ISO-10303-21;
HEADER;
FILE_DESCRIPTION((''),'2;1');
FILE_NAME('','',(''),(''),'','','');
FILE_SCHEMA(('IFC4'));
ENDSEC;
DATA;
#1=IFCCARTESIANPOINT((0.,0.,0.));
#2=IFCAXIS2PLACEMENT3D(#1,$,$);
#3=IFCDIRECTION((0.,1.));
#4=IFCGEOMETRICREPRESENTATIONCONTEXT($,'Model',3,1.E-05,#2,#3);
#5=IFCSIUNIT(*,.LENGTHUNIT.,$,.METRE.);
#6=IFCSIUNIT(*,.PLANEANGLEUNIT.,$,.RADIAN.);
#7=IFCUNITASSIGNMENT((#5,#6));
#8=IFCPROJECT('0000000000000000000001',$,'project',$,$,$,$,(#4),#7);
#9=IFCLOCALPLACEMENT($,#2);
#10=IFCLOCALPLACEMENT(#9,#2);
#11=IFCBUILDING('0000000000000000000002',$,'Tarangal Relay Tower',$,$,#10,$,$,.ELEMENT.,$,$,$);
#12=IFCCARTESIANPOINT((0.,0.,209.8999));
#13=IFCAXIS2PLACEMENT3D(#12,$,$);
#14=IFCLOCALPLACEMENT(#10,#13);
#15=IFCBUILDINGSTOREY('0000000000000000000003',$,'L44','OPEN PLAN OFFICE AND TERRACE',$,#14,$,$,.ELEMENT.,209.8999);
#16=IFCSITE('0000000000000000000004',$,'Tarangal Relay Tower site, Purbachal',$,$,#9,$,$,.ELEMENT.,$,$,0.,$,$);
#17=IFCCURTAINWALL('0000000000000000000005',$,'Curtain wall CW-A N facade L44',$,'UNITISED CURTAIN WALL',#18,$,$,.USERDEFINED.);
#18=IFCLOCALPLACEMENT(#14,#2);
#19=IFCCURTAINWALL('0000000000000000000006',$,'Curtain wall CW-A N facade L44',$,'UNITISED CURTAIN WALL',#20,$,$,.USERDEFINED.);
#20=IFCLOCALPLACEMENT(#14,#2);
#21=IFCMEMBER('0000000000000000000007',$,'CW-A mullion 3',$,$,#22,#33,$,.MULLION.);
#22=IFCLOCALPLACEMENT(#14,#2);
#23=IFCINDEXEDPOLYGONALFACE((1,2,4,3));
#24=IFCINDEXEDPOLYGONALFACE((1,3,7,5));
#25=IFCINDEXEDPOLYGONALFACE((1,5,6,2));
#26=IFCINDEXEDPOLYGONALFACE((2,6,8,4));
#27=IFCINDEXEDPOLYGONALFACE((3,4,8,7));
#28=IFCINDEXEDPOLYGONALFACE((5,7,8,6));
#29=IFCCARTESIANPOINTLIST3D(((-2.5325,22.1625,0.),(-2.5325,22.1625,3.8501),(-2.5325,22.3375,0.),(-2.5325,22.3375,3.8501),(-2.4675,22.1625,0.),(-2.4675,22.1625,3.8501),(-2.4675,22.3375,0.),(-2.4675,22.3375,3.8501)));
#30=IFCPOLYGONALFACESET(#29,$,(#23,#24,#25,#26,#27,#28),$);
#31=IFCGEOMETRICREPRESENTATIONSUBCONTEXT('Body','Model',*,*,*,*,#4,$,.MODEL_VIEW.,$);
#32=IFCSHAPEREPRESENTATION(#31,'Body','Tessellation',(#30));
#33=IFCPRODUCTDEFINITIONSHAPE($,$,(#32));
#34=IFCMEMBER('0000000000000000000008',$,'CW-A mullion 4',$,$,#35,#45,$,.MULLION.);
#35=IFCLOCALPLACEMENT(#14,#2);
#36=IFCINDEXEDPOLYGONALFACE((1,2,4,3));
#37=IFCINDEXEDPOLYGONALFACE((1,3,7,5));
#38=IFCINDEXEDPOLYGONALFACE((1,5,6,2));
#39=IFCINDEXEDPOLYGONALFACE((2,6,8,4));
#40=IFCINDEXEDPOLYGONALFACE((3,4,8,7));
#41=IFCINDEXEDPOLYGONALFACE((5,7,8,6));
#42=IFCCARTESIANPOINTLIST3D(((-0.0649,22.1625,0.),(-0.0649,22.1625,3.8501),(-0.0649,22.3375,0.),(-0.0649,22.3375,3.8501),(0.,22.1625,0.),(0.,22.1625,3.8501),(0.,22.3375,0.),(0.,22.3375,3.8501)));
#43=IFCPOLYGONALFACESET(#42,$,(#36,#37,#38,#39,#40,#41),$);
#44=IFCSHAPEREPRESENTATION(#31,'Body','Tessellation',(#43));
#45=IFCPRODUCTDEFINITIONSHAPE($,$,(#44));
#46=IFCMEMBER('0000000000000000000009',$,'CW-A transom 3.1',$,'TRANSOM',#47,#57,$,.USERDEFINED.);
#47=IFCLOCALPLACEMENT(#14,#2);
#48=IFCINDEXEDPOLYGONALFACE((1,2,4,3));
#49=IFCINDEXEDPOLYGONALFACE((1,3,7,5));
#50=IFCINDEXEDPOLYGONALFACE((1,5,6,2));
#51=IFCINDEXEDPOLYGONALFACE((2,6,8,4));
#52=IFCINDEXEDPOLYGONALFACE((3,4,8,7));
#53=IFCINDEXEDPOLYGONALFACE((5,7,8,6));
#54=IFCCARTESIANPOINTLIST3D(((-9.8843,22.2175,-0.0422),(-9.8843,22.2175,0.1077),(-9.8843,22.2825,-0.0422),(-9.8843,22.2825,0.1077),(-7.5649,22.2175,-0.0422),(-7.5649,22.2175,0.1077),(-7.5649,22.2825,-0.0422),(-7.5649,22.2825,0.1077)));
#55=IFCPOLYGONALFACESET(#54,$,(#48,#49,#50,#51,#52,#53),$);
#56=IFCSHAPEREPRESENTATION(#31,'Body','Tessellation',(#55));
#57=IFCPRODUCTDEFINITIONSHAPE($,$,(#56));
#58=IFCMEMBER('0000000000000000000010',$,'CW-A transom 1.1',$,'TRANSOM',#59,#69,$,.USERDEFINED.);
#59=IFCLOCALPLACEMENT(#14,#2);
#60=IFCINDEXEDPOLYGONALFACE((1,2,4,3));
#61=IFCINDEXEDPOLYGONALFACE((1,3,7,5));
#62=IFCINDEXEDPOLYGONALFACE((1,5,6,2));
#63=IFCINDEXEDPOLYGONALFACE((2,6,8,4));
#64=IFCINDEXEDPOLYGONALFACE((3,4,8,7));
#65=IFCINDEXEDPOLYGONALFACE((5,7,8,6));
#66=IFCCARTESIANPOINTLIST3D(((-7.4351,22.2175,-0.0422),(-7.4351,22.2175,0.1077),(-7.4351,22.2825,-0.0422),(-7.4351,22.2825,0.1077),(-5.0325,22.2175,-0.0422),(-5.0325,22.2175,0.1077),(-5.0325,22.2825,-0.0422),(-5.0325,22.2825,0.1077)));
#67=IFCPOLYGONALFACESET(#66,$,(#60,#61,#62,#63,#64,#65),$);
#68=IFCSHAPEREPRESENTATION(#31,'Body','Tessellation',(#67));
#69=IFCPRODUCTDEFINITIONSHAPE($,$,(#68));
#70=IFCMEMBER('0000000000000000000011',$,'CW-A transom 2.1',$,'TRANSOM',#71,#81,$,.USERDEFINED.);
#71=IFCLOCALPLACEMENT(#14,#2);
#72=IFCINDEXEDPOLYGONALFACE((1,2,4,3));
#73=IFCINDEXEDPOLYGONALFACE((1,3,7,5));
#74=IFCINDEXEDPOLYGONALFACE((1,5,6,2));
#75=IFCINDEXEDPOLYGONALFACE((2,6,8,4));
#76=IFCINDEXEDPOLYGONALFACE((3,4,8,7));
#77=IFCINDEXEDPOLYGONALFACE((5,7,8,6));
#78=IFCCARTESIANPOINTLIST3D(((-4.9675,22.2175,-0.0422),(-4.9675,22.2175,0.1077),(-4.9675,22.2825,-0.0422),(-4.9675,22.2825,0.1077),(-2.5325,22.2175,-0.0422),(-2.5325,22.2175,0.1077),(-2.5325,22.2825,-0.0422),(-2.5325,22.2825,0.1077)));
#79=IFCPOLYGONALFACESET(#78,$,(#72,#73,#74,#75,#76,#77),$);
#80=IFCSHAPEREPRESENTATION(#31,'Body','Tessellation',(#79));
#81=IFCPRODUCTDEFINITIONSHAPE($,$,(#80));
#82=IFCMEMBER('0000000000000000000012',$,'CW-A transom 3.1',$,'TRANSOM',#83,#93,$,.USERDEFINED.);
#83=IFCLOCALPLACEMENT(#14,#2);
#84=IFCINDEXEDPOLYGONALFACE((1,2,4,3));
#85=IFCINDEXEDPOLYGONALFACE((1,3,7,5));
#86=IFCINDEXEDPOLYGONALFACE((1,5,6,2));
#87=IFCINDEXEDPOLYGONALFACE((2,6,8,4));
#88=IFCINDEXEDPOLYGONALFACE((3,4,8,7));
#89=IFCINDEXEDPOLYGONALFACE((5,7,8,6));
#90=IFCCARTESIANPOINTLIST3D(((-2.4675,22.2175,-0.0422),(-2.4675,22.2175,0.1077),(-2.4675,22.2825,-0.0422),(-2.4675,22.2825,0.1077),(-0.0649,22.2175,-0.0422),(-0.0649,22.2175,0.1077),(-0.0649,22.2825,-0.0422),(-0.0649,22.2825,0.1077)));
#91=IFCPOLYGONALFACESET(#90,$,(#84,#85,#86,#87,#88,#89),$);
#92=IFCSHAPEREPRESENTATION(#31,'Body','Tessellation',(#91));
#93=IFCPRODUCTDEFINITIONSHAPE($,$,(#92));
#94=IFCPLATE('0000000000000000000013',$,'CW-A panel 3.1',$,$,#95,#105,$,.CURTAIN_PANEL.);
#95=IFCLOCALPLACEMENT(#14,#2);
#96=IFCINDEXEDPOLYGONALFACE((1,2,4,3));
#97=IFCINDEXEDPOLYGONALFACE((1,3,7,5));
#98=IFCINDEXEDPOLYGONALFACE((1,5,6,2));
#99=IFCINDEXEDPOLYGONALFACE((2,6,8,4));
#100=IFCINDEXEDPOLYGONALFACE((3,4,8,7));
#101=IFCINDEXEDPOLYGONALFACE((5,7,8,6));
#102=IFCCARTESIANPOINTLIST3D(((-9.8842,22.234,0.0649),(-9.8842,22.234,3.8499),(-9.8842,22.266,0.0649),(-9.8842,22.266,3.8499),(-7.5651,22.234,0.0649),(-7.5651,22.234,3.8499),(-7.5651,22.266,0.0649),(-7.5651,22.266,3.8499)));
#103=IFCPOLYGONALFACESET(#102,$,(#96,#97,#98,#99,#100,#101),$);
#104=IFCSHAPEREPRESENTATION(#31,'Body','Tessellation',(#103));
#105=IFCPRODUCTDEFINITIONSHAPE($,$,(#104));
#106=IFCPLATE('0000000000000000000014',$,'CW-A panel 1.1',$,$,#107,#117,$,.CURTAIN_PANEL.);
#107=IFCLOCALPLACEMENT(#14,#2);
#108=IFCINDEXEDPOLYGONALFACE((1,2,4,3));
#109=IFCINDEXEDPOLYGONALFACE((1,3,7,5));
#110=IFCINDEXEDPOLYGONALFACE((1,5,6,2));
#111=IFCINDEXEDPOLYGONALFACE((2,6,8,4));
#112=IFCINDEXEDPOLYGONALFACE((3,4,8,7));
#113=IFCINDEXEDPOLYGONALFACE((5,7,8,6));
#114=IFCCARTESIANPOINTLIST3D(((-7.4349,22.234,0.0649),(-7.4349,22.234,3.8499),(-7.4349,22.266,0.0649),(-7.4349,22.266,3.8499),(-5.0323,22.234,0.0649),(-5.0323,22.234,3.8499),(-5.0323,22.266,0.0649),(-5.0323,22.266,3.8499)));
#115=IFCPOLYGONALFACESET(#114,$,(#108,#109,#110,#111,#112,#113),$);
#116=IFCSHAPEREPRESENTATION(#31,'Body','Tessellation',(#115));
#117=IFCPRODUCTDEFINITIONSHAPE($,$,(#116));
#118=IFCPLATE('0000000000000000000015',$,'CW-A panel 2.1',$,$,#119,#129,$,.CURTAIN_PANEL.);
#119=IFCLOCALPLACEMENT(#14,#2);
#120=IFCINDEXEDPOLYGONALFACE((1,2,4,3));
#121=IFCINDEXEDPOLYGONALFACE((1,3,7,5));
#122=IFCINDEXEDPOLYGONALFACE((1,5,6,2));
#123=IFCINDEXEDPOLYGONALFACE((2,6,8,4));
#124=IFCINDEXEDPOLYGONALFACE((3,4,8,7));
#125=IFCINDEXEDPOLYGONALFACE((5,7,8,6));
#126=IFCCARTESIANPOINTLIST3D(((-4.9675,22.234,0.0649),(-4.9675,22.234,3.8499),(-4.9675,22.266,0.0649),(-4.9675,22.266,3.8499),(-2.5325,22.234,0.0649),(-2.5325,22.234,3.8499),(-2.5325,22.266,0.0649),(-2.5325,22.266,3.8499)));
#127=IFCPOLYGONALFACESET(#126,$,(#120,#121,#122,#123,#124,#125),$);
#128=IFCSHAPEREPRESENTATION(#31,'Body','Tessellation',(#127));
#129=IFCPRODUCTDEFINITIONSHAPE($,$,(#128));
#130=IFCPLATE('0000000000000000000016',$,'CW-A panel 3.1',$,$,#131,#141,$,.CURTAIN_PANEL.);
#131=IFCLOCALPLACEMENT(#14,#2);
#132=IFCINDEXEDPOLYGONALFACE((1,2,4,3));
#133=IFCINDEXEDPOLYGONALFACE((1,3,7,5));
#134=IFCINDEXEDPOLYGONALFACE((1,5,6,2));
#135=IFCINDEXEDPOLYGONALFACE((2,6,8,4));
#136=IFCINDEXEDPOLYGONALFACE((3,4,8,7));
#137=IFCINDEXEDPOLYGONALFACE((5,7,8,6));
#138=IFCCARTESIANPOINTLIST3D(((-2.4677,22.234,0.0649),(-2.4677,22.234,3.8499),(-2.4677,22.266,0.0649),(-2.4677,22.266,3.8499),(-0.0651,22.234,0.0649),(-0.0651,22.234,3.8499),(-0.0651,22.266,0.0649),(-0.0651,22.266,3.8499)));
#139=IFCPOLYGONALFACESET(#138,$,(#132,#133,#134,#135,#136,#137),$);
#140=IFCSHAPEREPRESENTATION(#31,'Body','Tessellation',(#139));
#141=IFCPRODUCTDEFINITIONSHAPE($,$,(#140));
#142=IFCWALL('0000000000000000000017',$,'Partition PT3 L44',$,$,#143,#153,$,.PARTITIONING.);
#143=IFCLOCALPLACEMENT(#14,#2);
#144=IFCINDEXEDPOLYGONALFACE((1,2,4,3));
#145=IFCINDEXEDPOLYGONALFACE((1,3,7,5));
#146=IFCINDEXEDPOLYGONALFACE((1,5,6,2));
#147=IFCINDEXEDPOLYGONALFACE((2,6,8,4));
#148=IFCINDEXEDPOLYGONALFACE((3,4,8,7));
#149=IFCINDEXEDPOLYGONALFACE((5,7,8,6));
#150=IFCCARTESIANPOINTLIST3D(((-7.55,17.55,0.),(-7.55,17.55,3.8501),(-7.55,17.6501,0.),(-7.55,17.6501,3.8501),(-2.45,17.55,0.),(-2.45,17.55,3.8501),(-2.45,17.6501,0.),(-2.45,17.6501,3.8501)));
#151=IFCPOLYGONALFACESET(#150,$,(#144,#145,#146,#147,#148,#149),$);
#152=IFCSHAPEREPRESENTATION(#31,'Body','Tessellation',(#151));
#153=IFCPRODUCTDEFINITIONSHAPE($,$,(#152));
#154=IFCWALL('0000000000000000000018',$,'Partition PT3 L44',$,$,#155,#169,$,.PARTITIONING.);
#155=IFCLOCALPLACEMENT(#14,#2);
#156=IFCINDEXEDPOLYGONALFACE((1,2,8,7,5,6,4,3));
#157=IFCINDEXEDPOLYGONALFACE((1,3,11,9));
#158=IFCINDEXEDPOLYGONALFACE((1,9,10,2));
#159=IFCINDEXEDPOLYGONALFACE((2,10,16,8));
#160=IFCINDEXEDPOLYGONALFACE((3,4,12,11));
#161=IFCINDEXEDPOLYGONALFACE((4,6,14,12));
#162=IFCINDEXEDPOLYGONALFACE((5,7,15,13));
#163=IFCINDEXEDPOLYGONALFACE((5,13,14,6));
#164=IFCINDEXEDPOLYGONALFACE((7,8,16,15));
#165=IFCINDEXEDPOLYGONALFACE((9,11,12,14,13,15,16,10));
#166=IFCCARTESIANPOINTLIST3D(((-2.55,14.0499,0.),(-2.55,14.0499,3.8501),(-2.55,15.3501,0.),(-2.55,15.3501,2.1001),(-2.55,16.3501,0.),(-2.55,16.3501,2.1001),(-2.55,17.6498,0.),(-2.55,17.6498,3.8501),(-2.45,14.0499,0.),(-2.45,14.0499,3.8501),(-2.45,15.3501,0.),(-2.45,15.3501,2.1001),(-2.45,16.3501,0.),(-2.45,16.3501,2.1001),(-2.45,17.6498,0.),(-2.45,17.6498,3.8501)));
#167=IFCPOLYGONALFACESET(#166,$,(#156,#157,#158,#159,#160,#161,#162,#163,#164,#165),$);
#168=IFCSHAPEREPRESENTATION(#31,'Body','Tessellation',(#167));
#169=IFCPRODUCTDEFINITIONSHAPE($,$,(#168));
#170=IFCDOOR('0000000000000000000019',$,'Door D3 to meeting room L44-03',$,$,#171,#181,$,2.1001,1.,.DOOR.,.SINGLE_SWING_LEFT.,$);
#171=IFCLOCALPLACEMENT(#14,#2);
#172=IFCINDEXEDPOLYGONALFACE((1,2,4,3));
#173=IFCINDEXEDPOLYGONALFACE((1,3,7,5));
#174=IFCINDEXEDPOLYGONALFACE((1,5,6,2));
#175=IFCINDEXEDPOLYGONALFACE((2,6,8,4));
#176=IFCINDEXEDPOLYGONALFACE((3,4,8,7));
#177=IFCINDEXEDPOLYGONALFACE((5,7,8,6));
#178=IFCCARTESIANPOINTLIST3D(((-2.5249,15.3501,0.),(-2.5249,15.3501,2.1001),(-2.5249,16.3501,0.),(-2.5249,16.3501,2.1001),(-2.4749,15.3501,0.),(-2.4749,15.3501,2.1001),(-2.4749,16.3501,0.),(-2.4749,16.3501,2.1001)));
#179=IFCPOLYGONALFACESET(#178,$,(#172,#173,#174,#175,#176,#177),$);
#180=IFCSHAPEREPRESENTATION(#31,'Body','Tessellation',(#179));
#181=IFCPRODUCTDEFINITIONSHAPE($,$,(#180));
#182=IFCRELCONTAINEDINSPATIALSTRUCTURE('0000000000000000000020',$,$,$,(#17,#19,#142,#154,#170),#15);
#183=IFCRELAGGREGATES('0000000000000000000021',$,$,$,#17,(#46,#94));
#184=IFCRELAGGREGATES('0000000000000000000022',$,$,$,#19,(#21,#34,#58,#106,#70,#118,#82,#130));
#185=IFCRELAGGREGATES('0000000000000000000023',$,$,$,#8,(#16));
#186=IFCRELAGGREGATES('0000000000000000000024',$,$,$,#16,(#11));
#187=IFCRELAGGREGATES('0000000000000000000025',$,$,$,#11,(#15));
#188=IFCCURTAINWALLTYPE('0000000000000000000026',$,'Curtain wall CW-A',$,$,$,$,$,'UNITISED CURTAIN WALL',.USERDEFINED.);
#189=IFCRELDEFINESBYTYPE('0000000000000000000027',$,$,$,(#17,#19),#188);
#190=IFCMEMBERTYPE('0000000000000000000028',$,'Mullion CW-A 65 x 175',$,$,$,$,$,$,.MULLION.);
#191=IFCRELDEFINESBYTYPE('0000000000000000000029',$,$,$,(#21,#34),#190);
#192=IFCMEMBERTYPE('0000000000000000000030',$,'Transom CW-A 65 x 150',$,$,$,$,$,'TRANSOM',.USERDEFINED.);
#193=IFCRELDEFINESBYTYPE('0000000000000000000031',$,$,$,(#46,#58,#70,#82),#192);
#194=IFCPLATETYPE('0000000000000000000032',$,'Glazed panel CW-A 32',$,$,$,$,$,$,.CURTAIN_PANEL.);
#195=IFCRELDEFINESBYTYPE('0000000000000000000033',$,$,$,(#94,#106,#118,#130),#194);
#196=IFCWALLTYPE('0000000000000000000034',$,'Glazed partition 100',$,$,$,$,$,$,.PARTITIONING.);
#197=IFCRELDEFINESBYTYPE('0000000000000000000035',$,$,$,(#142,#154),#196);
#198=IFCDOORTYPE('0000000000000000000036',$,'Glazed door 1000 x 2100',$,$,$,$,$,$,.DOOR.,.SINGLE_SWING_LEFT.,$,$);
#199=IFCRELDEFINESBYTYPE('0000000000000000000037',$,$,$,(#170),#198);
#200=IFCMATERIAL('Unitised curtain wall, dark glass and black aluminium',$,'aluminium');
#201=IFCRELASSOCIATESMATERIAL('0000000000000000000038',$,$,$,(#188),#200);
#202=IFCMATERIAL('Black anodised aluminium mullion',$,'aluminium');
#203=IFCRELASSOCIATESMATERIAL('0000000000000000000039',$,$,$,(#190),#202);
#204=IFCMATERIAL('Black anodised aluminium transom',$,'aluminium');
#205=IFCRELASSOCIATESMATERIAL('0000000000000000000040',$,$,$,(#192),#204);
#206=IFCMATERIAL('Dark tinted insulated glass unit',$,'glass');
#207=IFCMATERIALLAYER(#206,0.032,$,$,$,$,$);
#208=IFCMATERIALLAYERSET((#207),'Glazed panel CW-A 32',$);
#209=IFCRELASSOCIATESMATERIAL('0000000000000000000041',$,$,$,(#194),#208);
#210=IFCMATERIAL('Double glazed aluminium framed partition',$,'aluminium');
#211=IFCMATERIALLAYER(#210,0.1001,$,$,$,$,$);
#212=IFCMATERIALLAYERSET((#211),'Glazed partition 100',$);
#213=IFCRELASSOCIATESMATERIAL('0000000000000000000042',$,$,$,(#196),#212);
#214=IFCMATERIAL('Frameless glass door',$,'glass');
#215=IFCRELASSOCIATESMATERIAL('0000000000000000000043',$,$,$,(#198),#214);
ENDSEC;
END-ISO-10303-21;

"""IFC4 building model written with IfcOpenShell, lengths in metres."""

from ifc_helpers import new_model, si_unit, direction, frame, frame_2d, origin, origin_2d, place, context, subcontext, project, spatial, rectangle, extrude, material, layer, layer_set, material_profile, profile_set, type_object, element, fill, aggregate, save


model = new_model("IFC4")

# Units and contexts
model_context = context("Model", 3, precision=1e-05, world=origin(), true_north=direction((0.0, 1.0)))
body_context = subcontext(model_context, "Body", "Model", "MODEL_VIEW")
ifc_project = project(units=[si_unit("LENGTHUNIT", "METRE"), si_unit("PLANEANGLEUNIT", "RADIAN")], contexts=[model_context])

# Site, building, storey
site_placement = place(None, origin())
site = spatial("IfcSite", under=ifc_project, at=site_placement, Name="Tarangal Relay Tower site, Purbachal", CompositionType="ELEMENT", RefElevation=0.0)
building_placement = place(site_placement, origin())
building = spatial("IfcBuilding", under=site, at=building_placement, Name="Tarangal Relay Tower", CompositionType="ELEMENT")
storey_placement = place(building_placement, frame((0.0, 0.0, 209.8999)))
storey = spatial("IfcBuildingStorey", under=building, at=storey_placement, Name="L44", Description="OPEN PLAN OFFICE AND TERRACE", CompositionType="ELEMENT", Elevation=209.8999)

# Curtain walls, members
ifc_material_1 = material(Name="Unitised curtain wall, dark glass and black aluminium", Category="aluminium")
curtain_wall_type = type_object("IfcCurtainWallType", Name="Curtain wall CW-A", ElementType="UNITISED CURTAIN WALL", PredefinedType="USERDEFINED", material=ifc_material_1)
curtain_wall_1_placement = place(storey_placement, origin())
curtain_wall_1 = element("IfcCurtainWall", 1, at=curtain_wall_1_placement, inside=storey, type_object=curtain_wall_type, Name="Curtain wall CW-A N facade L44", ObjectType="UNITISED CURTAIN WALL", PredefinedType="USERDEFINED")
ifc_material_2 = material(Name="Black anodised aluminium mullion", Category="aluminium")
ifc_material_profile_1 = material_profile(ifc_material_2, rectangle(XDim=0.175, YDim=0.0649, at=origin_2d()), Name="CW-AM 65X175")
ifc_profile_set_1 = profile_set([ifc_material_profile_1], Name="Black anodised aluminium mullion")
member_type_1 = type_object("IfcMemberType", Name="Mullion CW-A 65 x 175", PredefinedType="MULLION", material=ifc_profile_set_1)
curtain_wall_2_placement = place(storey_placement, origin())
curtain_wall_2 = element("IfcCurtainWall", 2, at=curtain_wall_2_placement, inside=storey, type_object=curtain_wall_type, Name="Curtain wall CW-A N facade L44", ObjectType="UNITISED CURTAIN WALL", PredefinedType="USERDEFINED")
member_1_placement = place(storey_placement, frame((-2.5, 22.25, 0.0), z_axis=(0.0, 0.0, 1.0), x_axis=(0.0, 1.0, 0.0)))
member_1 = element("IfcMember", 3, at=member_1_placement, type_object=member_type_1, Name="CW-A mullion 3", PredefinedType="MULLION", context=body_context, shape_type="SweptSolid", body=[
    extrude(rectangle(XDim=0.175, YDim=0.0649, at=origin_2d()), origin(), (0.0, 0.0, 1.0), 3.8501),
])
member_2_placement = place(storey_placement, frame((-0.0325, 22.25, 0.0), z_axis=(0.0, 0.0, 1.0), x_axis=(0.0, 1.0, 0.0)))
member_2 = element("IfcMember", 4, at=member_2_placement, type_object=member_type_1, Name="CW-A mullion 4", PredefinedType="MULLION", context=body_context, shape_type="SweptSolid", body=[
    extrude(rectangle(XDim=0.175, YDim=0.0649, at=origin_2d()), origin(), (0.0, 0.0, 1.0), 3.8501),
])

# Members
ifc_material_3 = material(Name="Black anodised aluminium transom", Category="aluminium")
ifc_material_profile_2 = material_profile(ifc_material_3, rectangle(XDim=0.0649, YDim=0.1499, at=origin_2d()), Name="CW-AT 65X150")
ifc_profile_set_2 = profile_set([ifc_material_profile_2], Name="Black anodised aluminium transom")
member_type_2 = type_object("IfcMemberType", Name="Transom CW-A 65 x 150", ElementType="TRANSOM", PredefinedType="USERDEFINED", material=ifc_profile_set_2)
member_3_placement = place(storey_placement, frame((-9.8843, 22.25, 0.0327), z_axis=(1.0, 0.0, 0.0), x_axis=(0.0, 1.0, 0.0)))
member_3 = element("IfcMember", 5, at=member_3_placement, type_object=member_type_2, Name="CW-A transom 3.1", ObjectType="TRANSOM", PredefinedType="USERDEFINED", context=body_context, shape_type="SweptSolid", body=[
    extrude(rectangle(XDim=0.0649, YDim=0.1499, at=origin_2d()), origin(), (0.0, 0.0, 1.0), 2.3193),
])
member_4_placement = place(storey_placement, frame((-7.4351, 22.25, 0.0327), z_axis=(1.0, 0.0, 0.0), x_axis=(0.0, 1.0, 0.0)))
member_4 = element("IfcMember", 6, at=member_4_placement, type_object=member_type_2, Name="CW-A transom 1.1", ObjectType="TRANSOM", PredefinedType="USERDEFINED", context=body_context, shape_type="SweptSolid", body=[
    extrude(rectangle(XDim=0.0649, YDim=0.1499, at=origin_2d()), origin(), (0.0, 0.0, 1.0), 2.4026),
])
member_5_placement = place(storey_placement, frame((-4.9675, 22.25, 0.0327), z_axis=(1.0, 0.0, 0.0), x_axis=(0.0, 1.0, 0.0)))
member_5 = element("IfcMember", 7, at=member_5_placement, type_object=member_type_2, Name="CW-A transom 2.1", ObjectType="TRANSOM", PredefinedType="USERDEFINED", context=body_context, shape_type="SweptSolid", body=[
    extrude(rectangle(XDim=0.0649, YDim=0.1499, at=origin_2d()), origin(), (0.0, 0.0, 1.0), 2.4351),
])
member_6_placement = place(storey_placement, frame((-2.4675, 22.25, 0.0327), z_axis=(1.0, 0.0, 0.0), x_axis=(0.0, 1.0, 0.0)))
member_6 = element("IfcMember", 8, at=member_6_placement, type_object=member_type_2, Name="CW-A transom 3.1", ObjectType="TRANSOM", PredefinedType="USERDEFINED", context=body_context, shape_type="SweptSolid", body=[
    extrude(rectangle(XDim=0.0649, YDim=0.1499, at=origin_2d()), origin(), (0.0, 0.0, 1.0), 2.4026),
])

# Plates
ifc_material_4 = material(Name="Dark tinted insulated glass unit", Category="glass")
ifc_layer_1 = layer(ifc_material_4, 0.032)
ifc_layer_set_1 = layer_set([ifc_layer_1], Name="Glazed panel CW-A 32")
plate_type = type_object("IfcPlateType", Name="Glazed panel CW-A 32", PredefinedType="CURTAIN_PANEL", material=ifc_layer_set_1)
plate_1_placement = place(storey_placement, frame((-8.7246, 22.25, 0.0649), z_axis=(0.0, 0.0, 1.0), x_axis=(1.0, 0.0, 0.0)))
plate_1 = element("IfcPlate", 9, at=plate_1_placement, type_object=plate_type, Name="CW-A panel 3.1", PredefinedType="CURTAIN_PANEL", context=body_context, shape_type="SweptSolid", body=[
    extrude(rectangle(XDim=2.3191, YDim=0.032, at=origin_2d()), origin(), (0.0, 0.0, 1.0), 3.7849),
])
aggregate(curtain_wall_1, [member_3, plate_1])
plate_2_placement = place(storey_placement, frame((-6.2336, 22.25, 0.0649), z_axis=(0.0, 0.0, 1.0), x_axis=(1.0, 0.0, 0.0)))
plate_2 = element("IfcPlate", 10, at=plate_2_placement, type_object=plate_type, Name="CW-A panel 1.1", PredefinedType="CURTAIN_PANEL", context=body_context, shape_type="SweptSolid", body=[
    extrude(rectangle(XDim=2.4026, YDim=0.032, at=origin_2d()), origin(), (0.0, 0.0, 1.0), 3.7849),
])
plate_3_placement = place(storey_placement, frame((-3.75, 22.25, 0.0649), z_axis=(0.0, 0.0, 1.0), x_axis=(1.0, 0.0, 0.0)))
plate_3 = element("IfcPlate", 11, at=plate_3_placement, type_object=plate_type, Name="CW-A panel 2.1", PredefinedType="CURTAIN_PANEL", context=body_context, shape_type="SweptSolid", body=[
    extrude(rectangle(XDim=2.4351, YDim=0.032, at=origin_2d()), origin(), (0.0, 0.0, 1.0), 3.7849),
])
plate_4_placement = place(storey_placement, frame((-1.2664, 22.25, 0.0649), z_axis=(0.0, 0.0, 1.0), x_axis=(1.0, 0.0, 0.0)))
plate_4 = element("IfcPlate", 12, at=plate_4_placement, type_object=plate_type, Name="CW-A panel 3.1", PredefinedType="CURTAIN_PANEL", context=body_context, shape_type="SweptSolid", body=[
    extrude(rectangle(XDim=2.4026, YDim=0.032, at=origin_2d()), origin(), (0.0, 0.0, 1.0), 3.7849),
])
aggregate(curtain_wall_2, [member_1, member_2, member_4, plate_2, member_5, plate_3, member_6, plate_4])

# Wall
ifc_material_5 = material(Name="Double glazed aluminium framed partition", Category="aluminium")
ifc_layer_2 = layer(ifc_material_5, 0.1001)
ifc_layer_set_2 = layer_set([ifc_layer_2], Name="Glazed partition 100")
wall_type_1 = type_object("IfcWallType", Name="Glazed partition 100", PredefinedType="PARTITIONING", material=ifc_layer_set_2)
wall_1_placement = place(storey_placement, frame((-7.55, 17.6001, 0.0), z_axis=(0.0, 0.0, 1.0), x_axis=(1.0, 0.0, 0.0)))
element("IfcWall", 13, at=wall_1_placement, inside=storey, type_object=wall_type_1, Name="Partition PT3 L44", PredefinedType="PARTITIONING", context=body_context, shape_type="SweptSolid", body=[
    extrude(rectangle(XDim=5.1001, YDim=0.1001, at=frame_2d((2.55, 0.0))), origin(), (0.0, 0.0, 1.0), 3.8501),
])

# Wall, opening, door
wall_2_placement = place(storey_placement, frame((-2.5, 14.05, 0.0), z_axis=(0.0, 0.0, 1.0), x_axis=(0.0, 1.0, 0.0)))
wall_2 = element("IfcWall", 14, at=wall_2_placement, inside=storey, type_object=wall_type_1, Name="Partition PT3 L44", PredefinedType="PARTITIONING", context=body_context, shape_type="SweptSolid", body=[
    extrude(rectangle(XDim=3.5999, YDim=0.1001, at=frame_2d((1.7998, 0.0))), origin(), (0.0, 0.0, 1.0), 3.8501),
])
opening_1_placement = place(wall_2_placement, frame((1.3, 0.0, 0.0)))
opening_1 = element("IfcOpeningElement", 15, at=opening_1_placement, cuts=wall_2, PredefinedType="OPENING", context=body_context, shape_type="SweptSolid", body=[
    extrude(rectangle(XDim=1.0, YDim=2.1001, at=frame_2d((0.5, 1.05))), frame((0.0, 0.0601, 0.0), z_axis=(0.0, -1.0, 0.0), x_axis=(1.0, 0.0, 0.0)), (0.0, 0.0, 1.0), 0.1201),
])
ifc_material_6 = material(Name="Frameless glass door", Category="glass")
door_type_1 = type_object("IfcDoorType", Name="Glazed door 1000 x 2100", OperationType="SINGLE_SWING_LEFT", PredefinedType="DOOR", material=ifc_material_6)
door_1_placement = place(opening_1_placement, origin())
door_1 = element("IfcDoor", 16, at=door_1_placement, inside=storey, type_object=door_type_1, Name="Door D3 to meeting room L44-03", OperationType="SINGLE_SWING_LEFT", OverallHeight=2.1001, OverallWidth=1.0, PredefinedType="DOOR", context=body_context, shape_type="SweptSolid", body=[
    extrude(rectangle(XDim=1.0, YDim=2.1001, at=frame_2d((0.5, 1.05))), frame((0.0, 0.0249, 0.0), z_axis=(0.0, -1.0, 0.0), x_axis=(1.0, 0.0, 0.0)), (0.0, 0.0, 1.0), 0.05),
])
fill(opening_1, door_1)

save(model, "model.ifc")
